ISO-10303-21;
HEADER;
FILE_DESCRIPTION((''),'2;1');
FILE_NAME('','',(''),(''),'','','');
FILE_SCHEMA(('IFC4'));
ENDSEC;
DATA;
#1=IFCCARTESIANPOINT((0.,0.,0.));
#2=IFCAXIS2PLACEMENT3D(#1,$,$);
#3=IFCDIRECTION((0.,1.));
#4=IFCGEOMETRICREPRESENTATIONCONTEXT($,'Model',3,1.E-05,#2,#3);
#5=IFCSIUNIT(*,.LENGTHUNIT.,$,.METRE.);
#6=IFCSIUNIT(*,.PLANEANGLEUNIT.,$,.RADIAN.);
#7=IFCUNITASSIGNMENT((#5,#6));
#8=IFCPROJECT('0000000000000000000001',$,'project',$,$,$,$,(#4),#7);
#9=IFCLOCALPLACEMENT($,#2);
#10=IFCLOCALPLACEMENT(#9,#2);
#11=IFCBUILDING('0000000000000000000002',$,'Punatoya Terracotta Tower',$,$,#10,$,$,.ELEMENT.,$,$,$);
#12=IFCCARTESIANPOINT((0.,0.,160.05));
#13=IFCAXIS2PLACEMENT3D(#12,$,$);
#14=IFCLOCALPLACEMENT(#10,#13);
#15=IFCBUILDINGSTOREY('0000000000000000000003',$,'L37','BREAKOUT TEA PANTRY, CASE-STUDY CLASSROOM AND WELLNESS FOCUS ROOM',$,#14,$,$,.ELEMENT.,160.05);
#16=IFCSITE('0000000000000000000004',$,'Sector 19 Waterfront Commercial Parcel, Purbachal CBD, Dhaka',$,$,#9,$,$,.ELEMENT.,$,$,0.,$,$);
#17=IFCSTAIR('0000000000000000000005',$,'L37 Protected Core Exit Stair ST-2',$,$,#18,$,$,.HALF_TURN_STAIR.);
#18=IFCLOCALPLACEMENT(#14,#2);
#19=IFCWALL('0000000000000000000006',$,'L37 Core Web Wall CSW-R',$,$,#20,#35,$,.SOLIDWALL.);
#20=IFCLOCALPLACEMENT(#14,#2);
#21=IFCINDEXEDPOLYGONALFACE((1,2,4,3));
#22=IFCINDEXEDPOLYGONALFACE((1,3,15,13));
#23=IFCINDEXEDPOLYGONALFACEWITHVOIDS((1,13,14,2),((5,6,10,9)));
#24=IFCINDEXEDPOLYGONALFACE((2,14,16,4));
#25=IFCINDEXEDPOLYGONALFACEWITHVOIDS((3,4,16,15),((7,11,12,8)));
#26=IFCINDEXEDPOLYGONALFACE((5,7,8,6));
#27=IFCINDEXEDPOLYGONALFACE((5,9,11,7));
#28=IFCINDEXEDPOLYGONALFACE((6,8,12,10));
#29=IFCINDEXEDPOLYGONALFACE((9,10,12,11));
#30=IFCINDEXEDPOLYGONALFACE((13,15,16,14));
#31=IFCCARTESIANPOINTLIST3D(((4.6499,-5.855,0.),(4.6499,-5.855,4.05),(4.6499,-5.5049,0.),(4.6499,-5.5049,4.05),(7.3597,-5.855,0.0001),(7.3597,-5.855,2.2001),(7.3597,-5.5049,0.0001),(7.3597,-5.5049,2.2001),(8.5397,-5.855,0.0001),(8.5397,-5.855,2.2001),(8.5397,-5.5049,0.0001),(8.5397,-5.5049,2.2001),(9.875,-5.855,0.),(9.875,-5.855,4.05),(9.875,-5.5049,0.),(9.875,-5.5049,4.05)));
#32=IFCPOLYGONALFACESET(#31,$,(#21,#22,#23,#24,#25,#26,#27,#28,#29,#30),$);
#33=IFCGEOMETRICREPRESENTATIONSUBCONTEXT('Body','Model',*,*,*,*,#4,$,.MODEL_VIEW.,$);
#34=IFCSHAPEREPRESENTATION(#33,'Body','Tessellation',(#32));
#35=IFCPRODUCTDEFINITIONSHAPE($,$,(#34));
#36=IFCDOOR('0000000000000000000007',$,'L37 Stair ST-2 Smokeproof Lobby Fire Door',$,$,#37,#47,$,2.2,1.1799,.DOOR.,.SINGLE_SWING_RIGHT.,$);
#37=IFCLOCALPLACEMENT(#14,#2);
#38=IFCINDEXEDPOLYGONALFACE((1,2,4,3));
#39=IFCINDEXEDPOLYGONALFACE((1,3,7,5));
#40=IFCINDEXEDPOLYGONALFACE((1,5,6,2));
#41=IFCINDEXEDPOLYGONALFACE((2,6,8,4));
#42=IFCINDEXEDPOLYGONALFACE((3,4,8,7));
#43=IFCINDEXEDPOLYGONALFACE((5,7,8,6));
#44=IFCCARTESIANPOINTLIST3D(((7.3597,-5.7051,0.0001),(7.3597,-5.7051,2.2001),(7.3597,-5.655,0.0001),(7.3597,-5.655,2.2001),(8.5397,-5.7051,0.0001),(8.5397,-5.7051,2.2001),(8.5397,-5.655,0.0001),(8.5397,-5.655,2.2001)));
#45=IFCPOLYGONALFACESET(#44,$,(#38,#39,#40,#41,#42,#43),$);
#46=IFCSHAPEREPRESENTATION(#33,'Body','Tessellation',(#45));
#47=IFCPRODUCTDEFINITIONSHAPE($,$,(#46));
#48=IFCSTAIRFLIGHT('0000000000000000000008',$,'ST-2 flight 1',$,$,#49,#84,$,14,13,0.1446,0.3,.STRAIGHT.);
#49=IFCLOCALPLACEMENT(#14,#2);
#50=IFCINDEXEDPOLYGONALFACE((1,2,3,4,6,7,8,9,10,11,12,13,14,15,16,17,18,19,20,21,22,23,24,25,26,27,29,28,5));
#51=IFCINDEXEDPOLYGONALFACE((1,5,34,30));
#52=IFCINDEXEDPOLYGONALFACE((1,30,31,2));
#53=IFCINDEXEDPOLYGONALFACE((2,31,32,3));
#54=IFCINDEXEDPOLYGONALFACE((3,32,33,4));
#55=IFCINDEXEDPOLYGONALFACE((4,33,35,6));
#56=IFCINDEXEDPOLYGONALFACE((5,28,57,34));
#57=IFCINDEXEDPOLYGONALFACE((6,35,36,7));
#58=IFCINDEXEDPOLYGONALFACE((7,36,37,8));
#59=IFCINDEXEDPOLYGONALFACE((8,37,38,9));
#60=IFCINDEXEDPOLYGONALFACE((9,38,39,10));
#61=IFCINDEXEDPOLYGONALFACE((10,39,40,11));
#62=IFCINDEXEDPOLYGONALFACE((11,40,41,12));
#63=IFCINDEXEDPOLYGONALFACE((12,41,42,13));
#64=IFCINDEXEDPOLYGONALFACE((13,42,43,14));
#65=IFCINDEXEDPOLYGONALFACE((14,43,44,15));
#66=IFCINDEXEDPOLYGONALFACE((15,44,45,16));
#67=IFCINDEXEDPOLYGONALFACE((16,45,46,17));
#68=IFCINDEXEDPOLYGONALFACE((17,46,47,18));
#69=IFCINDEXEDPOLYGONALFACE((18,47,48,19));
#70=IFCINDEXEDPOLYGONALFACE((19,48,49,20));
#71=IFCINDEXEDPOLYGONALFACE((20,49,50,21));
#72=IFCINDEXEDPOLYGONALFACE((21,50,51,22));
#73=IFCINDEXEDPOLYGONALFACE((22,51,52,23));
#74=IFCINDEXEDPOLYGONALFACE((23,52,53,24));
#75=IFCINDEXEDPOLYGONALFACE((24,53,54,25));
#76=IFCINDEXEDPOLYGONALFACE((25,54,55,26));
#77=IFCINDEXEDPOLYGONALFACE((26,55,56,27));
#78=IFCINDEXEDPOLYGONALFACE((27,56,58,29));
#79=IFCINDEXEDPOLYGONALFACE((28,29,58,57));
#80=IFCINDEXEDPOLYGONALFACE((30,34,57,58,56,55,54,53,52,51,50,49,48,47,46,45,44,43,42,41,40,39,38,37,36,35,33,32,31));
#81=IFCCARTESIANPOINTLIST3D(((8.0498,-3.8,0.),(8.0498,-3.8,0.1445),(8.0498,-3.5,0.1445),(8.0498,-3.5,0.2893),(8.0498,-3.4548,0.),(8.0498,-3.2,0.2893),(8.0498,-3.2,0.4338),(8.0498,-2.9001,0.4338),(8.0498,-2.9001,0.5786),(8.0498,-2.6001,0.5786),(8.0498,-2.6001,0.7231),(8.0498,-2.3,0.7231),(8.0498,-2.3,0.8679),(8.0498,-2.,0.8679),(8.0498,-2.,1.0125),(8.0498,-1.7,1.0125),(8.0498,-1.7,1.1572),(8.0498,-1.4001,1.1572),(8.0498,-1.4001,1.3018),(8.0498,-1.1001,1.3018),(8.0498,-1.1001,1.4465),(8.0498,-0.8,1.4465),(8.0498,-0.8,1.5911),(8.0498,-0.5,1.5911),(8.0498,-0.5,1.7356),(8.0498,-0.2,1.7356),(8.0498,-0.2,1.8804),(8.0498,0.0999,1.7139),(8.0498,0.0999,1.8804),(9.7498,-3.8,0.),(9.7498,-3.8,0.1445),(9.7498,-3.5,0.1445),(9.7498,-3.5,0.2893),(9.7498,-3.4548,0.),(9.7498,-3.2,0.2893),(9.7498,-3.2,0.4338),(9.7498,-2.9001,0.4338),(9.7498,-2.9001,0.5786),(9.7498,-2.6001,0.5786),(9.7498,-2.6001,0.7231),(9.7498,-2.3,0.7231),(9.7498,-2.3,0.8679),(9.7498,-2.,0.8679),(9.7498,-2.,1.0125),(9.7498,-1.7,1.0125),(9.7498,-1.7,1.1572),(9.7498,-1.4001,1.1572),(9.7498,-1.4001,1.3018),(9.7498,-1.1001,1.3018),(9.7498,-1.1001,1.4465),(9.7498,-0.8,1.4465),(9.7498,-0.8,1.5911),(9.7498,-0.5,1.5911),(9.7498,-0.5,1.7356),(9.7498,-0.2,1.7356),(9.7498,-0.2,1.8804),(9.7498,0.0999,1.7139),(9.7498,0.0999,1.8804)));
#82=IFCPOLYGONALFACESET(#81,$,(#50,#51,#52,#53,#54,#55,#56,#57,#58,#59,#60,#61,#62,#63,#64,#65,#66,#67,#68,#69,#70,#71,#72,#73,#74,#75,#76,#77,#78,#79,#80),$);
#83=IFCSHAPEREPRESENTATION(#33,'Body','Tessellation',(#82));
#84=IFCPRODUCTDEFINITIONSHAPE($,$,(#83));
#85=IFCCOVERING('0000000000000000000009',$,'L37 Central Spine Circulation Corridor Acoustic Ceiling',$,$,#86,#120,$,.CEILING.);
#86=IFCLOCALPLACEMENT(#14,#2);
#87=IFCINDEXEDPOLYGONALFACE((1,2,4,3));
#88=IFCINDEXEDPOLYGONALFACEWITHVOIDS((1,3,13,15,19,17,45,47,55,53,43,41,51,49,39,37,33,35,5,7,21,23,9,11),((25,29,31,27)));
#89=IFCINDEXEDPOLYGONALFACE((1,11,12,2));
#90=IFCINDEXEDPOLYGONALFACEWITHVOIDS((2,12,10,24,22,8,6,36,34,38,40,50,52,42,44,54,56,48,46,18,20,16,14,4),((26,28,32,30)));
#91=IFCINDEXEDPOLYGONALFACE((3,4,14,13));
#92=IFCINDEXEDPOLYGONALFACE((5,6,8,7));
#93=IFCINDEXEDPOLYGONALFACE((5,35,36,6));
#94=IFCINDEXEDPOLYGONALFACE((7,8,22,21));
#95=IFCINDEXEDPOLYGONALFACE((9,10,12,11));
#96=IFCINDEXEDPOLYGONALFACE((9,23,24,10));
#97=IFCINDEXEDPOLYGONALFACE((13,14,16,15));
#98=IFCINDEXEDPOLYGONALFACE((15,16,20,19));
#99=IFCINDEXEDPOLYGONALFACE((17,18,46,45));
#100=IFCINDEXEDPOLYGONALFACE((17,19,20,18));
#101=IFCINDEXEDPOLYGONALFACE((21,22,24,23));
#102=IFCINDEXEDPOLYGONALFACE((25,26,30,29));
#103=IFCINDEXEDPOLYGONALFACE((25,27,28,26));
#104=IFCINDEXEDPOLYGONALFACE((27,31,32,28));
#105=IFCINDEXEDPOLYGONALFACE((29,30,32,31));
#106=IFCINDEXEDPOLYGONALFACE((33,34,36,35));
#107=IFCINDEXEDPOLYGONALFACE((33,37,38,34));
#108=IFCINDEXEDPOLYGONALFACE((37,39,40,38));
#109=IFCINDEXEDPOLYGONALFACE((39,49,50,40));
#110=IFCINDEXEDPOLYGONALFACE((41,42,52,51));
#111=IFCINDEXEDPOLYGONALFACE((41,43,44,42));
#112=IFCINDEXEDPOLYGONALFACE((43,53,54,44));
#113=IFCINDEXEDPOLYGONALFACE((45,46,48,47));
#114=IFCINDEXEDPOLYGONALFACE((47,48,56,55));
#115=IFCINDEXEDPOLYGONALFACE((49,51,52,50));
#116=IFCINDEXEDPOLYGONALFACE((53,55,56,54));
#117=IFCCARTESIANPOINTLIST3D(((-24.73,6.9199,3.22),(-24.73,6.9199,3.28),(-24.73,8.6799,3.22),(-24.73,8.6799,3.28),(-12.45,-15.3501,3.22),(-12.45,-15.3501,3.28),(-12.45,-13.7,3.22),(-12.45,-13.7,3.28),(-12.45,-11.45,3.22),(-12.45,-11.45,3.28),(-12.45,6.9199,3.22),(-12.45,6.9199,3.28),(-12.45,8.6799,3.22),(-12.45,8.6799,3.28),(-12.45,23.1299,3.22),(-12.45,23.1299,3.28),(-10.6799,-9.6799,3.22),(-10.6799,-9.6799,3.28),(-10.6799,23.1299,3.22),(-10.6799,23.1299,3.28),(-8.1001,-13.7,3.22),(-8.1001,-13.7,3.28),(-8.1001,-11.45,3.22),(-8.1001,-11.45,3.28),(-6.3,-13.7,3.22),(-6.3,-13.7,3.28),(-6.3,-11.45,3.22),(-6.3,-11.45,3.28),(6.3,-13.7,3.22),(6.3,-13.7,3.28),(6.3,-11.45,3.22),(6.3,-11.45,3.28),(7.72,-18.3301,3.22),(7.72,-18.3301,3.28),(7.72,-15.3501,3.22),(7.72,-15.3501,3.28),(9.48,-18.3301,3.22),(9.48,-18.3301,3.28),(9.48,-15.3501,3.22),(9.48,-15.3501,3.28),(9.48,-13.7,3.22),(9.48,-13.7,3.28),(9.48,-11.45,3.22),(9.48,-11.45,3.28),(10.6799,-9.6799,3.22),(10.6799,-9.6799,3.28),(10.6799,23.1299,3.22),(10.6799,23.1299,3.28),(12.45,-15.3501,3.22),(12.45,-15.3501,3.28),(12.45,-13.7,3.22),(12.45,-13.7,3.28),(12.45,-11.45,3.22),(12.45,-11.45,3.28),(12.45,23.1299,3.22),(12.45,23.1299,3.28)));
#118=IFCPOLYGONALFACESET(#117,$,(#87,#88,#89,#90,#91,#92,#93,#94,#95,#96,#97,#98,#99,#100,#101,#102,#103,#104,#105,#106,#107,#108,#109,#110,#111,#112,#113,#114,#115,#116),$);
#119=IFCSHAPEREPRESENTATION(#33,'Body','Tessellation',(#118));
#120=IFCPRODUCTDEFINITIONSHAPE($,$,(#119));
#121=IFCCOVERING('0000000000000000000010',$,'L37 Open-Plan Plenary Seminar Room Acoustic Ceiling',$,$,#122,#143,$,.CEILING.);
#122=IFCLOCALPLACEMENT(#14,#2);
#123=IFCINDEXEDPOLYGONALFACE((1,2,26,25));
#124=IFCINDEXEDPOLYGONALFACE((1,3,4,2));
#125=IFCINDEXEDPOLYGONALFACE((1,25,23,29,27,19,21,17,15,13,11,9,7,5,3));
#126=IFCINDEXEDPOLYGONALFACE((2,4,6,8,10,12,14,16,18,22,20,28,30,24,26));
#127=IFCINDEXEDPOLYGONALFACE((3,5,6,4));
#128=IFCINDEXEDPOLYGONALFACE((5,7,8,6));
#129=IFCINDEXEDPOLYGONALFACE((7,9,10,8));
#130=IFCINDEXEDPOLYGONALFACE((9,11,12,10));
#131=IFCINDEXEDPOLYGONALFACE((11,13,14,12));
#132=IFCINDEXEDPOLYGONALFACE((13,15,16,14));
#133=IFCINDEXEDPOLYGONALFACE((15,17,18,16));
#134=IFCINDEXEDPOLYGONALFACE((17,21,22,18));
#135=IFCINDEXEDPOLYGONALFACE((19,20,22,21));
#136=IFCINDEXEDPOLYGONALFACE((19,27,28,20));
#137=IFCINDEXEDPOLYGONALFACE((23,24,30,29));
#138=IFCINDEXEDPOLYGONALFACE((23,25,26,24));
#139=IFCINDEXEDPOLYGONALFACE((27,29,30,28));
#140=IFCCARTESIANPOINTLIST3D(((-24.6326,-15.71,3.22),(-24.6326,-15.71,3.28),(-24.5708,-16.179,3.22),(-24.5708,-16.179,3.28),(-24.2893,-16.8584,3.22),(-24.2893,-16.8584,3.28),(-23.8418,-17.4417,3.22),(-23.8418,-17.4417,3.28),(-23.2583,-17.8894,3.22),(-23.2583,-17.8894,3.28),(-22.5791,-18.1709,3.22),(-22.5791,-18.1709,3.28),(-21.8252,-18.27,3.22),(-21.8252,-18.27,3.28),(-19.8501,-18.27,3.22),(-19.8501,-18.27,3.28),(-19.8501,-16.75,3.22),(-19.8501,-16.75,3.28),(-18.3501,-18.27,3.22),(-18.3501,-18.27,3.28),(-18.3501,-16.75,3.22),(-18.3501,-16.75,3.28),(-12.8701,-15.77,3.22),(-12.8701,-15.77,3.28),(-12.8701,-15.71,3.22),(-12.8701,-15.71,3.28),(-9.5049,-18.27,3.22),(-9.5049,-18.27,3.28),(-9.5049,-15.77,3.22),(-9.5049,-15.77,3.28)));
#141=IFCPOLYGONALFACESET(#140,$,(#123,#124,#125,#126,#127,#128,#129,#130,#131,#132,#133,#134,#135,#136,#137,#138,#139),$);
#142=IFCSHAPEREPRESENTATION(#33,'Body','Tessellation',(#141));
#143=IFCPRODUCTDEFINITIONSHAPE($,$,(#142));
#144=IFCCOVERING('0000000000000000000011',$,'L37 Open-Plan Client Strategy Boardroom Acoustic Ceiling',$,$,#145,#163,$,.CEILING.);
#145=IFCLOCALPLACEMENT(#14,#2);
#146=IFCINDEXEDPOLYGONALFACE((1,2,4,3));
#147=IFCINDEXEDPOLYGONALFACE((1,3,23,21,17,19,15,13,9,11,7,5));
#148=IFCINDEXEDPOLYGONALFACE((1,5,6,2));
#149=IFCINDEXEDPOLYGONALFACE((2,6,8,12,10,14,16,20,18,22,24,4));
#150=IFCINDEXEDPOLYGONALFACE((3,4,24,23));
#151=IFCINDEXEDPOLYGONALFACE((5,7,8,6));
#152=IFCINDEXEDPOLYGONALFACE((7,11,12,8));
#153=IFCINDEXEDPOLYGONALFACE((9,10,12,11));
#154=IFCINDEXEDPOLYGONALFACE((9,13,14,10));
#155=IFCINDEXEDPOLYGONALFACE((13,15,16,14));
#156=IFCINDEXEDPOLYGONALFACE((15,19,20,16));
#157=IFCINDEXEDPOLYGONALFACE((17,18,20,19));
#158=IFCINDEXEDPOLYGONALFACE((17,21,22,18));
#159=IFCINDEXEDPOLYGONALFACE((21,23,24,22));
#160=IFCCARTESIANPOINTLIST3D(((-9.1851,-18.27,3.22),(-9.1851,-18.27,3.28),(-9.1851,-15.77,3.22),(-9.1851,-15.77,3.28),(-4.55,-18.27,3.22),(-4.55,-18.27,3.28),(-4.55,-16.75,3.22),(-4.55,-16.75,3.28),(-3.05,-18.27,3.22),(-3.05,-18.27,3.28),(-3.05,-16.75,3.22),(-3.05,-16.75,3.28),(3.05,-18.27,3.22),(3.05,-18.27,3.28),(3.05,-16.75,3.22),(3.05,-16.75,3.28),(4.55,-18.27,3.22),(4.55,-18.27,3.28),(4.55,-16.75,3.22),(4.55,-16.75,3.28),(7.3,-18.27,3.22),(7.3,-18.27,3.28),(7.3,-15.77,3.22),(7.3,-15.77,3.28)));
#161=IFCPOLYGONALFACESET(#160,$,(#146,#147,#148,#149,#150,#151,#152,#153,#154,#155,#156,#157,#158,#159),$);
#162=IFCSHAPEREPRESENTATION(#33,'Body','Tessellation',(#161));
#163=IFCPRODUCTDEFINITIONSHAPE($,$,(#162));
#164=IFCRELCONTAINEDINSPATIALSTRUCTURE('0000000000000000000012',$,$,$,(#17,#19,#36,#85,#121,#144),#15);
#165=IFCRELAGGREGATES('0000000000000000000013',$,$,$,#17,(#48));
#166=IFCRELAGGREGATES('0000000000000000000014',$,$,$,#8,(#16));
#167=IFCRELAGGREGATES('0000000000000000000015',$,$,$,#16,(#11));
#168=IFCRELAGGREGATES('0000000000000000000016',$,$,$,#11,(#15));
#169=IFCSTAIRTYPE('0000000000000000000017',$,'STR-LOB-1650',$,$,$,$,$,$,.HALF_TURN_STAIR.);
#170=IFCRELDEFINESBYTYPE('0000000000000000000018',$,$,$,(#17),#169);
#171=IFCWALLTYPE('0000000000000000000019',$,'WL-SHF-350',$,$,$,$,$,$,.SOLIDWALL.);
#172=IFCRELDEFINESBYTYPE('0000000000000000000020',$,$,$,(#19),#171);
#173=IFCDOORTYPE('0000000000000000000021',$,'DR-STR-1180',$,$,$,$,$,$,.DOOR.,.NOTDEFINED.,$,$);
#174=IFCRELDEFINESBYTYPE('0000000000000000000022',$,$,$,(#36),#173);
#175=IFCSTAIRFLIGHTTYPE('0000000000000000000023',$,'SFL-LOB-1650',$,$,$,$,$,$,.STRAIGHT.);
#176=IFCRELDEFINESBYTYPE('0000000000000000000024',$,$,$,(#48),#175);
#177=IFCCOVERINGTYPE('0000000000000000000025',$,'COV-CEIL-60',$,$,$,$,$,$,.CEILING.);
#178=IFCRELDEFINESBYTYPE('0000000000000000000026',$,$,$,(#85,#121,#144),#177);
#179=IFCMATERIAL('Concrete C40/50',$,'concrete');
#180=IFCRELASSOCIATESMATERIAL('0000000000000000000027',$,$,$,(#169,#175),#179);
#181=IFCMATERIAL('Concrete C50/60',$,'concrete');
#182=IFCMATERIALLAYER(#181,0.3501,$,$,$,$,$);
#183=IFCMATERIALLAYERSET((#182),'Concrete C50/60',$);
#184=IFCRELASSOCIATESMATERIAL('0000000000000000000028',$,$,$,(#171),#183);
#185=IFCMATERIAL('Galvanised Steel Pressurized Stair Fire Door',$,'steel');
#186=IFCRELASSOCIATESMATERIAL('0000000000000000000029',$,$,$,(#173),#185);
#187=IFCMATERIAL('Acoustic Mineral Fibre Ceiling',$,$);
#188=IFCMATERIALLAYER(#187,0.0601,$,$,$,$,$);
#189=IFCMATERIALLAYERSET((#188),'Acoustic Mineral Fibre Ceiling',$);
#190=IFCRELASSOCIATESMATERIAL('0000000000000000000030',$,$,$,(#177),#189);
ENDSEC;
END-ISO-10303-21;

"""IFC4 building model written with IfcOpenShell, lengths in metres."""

from ifc_helpers import new_model, si_unit, direction, frame, frame_2d, origin, place, context, subcontext, project, spatial, polyline, rectangle, outline, extrude, material, layer, layer_set, type_object, element, fill, aggregate, save


model = new_model("IFC4")

# Units and contexts
model_context = context("Model", 3, precision=1e-05, world=origin(), true_north=direction((0.0, 1.0)))
body_context = subcontext(model_context, "Body", "Model", "MODEL_VIEW")
ifc_project = project(units=[si_unit("LENGTHUNIT", "METRE"), si_unit("PLANEANGLEUNIT", "RADIAN")], contexts=[model_context])

# Site, building, storey
site_placement = place(None, origin())
site = spatial("IfcSite", under=ifc_project, at=site_placement, Name="Sector 19 Waterfront Commercial Parcel, Purbachal CBD, Dhaka", CompositionType="ELEMENT", RefElevation=0.0)
building_placement = place(site_placement, origin())
building = spatial("IfcBuilding", under=site, at=building_placement, Name="Punatoya Terracotta Tower", CompositionType="ELEMENT")
storey_placement = place(building_placement, frame((0.0, 0.0, 160.05)))
storey = spatial("IfcBuildingStorey", under=building, at=storey_placement, Name="L37", Description="BREAKOUT TEA PANTRY, CASE-STUDY CLASSROOM AND WELLNESS FOCUS ROOM", CompositionType="ELEMENT", Elevation=160.05)

# Stair
ifc_material_1 = material(Name="Concrete C40/50", Category="concrete")
stair_type_1 = type_object("IfcStairType", Name="STR-LOB-1650", PredefinedType="HALF_TURN_STAIR", material=ifc_material_1)
stair_1_placement = place(storey_placement, origin())
stair_1 = element("IfcStair", 1, at=stair_1_placement, inside=storey, type_object=stair_type_1, Name="L37 Protected Core Exit Stair ST-2", PredefinedType="HALF_TURN_STAIR")

# Wall, opening, door
ifc_material_2 = material(Name="Concrete C50/60", Category="concrete")
ifc_layer_1 = layer(ifc_material_2, 0.3501)
ifc_layer_set_1 = layer_set([ifc_layer_1], Name="Concrete C50/60")
wall_type_1 = type_object("IfcWallType", Name="WL-SHF-350", PredefinedType="SOLIDWALL", material=ifc_layer_set_1)
wall_1_placement = place(storey_placement, frame((4.6499, -5.6799, 0.0), z_axis=(0.0, 0.0, 1.0), x_axis=(1.0, 0.0, 0.0)))
wall_1 = element("IfcWall", 2, at=wall_1_placement, inside=storey, type_object=wall_type_1, Name="L37 Core Web Wall CSW-R", PredefinedType="SOLIDWALL", context=body_context, shape_type="SweptSolid", body=[
    extrude(rectangle(XDim=5.2251, YDim=0.3501, at=frame_2d((2.6125, 0.0))), origin(), (0.0, 0.0, 1.0), 4.05),
])
opening_1_placement = place(wall_1_placement, frame((2.71, 0.0, 0.0)))
opening_1 = element("IfcOpeningElement", 3, at=opening_1_placement, cuts=wall_1, PredefinedType="OPENING", context=body_context, shape_type="SweptSolid", body=[
    extrude(rectangle(XDim=1.1799, YDim=2.2, at=frame_2d((0.5898, 1.1001))), frame((0.0, 0.1851, 0.0), z_axis=(0.0, -1.0, 0.0), x_axis=(1.0, 0.0, 0.0)), (0.0, 0.0, 1.0), 0.3701),
])
ifc_material_3 = material(Name="Galvanised Steel Pressurized Stair Fire Door", Category="steel")
door_type_1 = type_object("IfcDoorType", Name="DR-STR-1180", OperationType="NOTDEFINED", PredefinedType="DOOR", material=ifc_material_3)
door_1_placement = place(opening_1_placement, origin())
door_1 = element("IfcDoor", 4, at=door_1_placement, inside=storey, type_object=door_type_1, Name="L37 Stair ST-2 Smokeproof Lobby Fire Door", OperationType="SINGLE_SWING_RIGHT", OverallHeight=2.2, OverallWidth=1.1799, PredefinedType="DOOR", context=body_context, shape_type="SweptSolid", body=[
    extrude(rectangle(XDim=1.1799, YDim=2.2, at=frame_2d((0.5898, 1.1001))), frame((0.0, 0.0249, 0.0), z_axis=(0.0, -1.0, 0.0), x_axis=(1.0, 0.0, 0.0)), (0.0, 0.0, 1.0), 0.05),
])
fill(opening_1, door_1)

# Stair flight
stair_flight_type = type_object("IfcStairFlightType", Name="SFL-LOB-1650", PredefinedType="STRAIGHT", material=ifc_material_1)
stair_flight_placement = place(storey_placement, frame((8.8999, -3.8, 0.0), z_axis=(0.0, 0.0, 1.0), x_axis=(0.0, 1.0, 0.0)))
stair_flight = element("IfcStairFlight", 5, at=stair_flight_placement, type_object=stair_flight_type, Name="ST-2 flight 1", NumberOfRisers=14, NumberOfTreads=13, PredefinedType="STRAIGHT", RiserHeight=0.1446, TreadLength=0.3, context=body_context, shape_type="SweptSolid", body=[
    extrude(outline(polyline([(0.0, 0.0), (0.0, 0.1445), (0.3, 0.1445), (0.3, 0.2893), (0.6001, 0.2893), (0.6001, 0.4338), (0.8999, 0.4338), (0.8999, 0.5786), (1.2, 0.5786), (1.2, 0.7231), (1.5, 0.7231), (1.5, 0.8679), (1.8, 0.8679), (1.8, 1.0125), (2.1001, 1.0125), (2.1001, 1.1572), (2.3999, 1.1572), (2.3999, 1.3018), (2.7, 1.3018), (2.7, 1.4465), (3.0, 1.4465), (3.0, 1.5911), (3.3, 1.5911), (3.3, 1.7356), (3.6001, 1.7356), (3.6001, 1.8804), (3.8999, 1.8804), (3.8999, 2.0249), (3.8999, 1.7139), (0.3452, 0.0), (0.0, 0.0)])), frame((0.0, 0.8501, 0.0), z_axis=(0.0, -1.0, 0.0), x_axis=(1.0, 0.0, 0.0)), (0.0, 0.0, 1.0), 1.7),
])
aggregate(stair_1, [stair_flight])

# Coverings
ifc_material_4 = material(Name="Acoustic Mineral Fibre Ceiling")
ifc_layer_2 = layer(ifc_material_4, 0.0601)
ifc_layer_set_2 = layer_set([ifc_layer_2], Name="Acoustic Mineral Fibre Ceiling")
covering_type = type_object("IfcCoveringType", Name="COV-CEIL-60", PredefinedType="CEILING", material=ifc_layer_set_2)
covering_1_placement = place(storey_placement, frame((0.0, 0.0, 3.22)))
element("IfcCovering", 6, at=covering_1_placement, inside=storey, type_object=covering_type, Name="L37 Central Spine Circulation Corridor Acoustic Ceiling", PredefinedType="CEILING", context=body_context, shape_type="SweptSolid", body=[
    extrude(outline(polyline([(9.48, -15.3501), (12.45, -15.3501), (12.45, -13.7), (9.48, -13.7), (9.48, -11.45), (12.45, -11.45), (12.45, 23.1299), (10.6799, 23.1299), (10.6799, -9.6799), (-10.6799, -9.6799), (-10.6799, 23.1299), (-12.45, 23.1299), (-12.45, 8.6799), (-24.73, 8.6799), (-24.73, 6.9199), (-12.45, 6.9199), (-12.45, -11.45), (-8.1001, -11.45), (-8.1001, -13.7), (-12.45, -13.7), (-12.45, -15.3501), (7.72, -15.3501), (7.72, -18.3301), (9.48, -18.3301), (9.48, -15.3501)]), holes=[polyline([(6.3, -13.7), (-6.3, -13.7), (-6.3, -11.45), (6.3, -11.45), (6.3, -13.7)])]), origin(), (0.0, 0.0, 1.0), 0.0601),
])
covering_2_placement = place(storey_placement, frame((0.0, 0.0, 3.22)))
element("IfcCovering", 7, at=covering_2_placement, inside=storey, type_object=covering_type, Name="L37 Open-Plan Plenary Seminar Room Acoustic Ceiling", PredefinedType="CEILING", context=body_context, shape_type="SweptSolid", body=[
    extrude(outline(polyline([(-22.5791, -18.1709), (-21.8252, -18.27), (-19.8501, -18.27), (-19.8501, -16.75), (-18.3501, -16.75), (-18.3501, -18.27), (-9.5049, -18.27), (-9.5049, -15.77), (-12.8701, -15.77), (-12.8701, -15.71), (-24.6326, -15.71), (-24.5708, -16.179), (-24.2893, -16.8584), (-23.8418, -17.4417), (-23.2583, -17.8894), (-22.5791, -18.1709)])), origin(), (0.0, 0.0, 1.0), 0.0601),
])
covering_3_placement = place(storey_placement, frame((0.0, 0.0, 3.22)))
element("IfcCovering", 8, at=covering_3_placement, inside=storey, type_object=covering_type, Name="L37 Open-Plan Client Strategy Boardroom Acoustic Ceiling", PredefinedType="CEILING", context=body_context, shape_type="SweptSolid", body=[
    extrude(outline(polyline([(-4.55, -18.27), (-4.55, -16.75), (-3.05, -16.75), (-3.05, -18.27), (3.05, -18.27), (3.05, -16.75), (4.55, -16.75), (4.55, -18.27), (7.3, -18.27), (7.3, -15.77), (-9.1851, -15.77), (-9.1851, -18.27), (-4.55, -18.27)])), origin(), (0.0, 0.0, 1.0), 0.0601),
])

save(model, "model.ifc")
